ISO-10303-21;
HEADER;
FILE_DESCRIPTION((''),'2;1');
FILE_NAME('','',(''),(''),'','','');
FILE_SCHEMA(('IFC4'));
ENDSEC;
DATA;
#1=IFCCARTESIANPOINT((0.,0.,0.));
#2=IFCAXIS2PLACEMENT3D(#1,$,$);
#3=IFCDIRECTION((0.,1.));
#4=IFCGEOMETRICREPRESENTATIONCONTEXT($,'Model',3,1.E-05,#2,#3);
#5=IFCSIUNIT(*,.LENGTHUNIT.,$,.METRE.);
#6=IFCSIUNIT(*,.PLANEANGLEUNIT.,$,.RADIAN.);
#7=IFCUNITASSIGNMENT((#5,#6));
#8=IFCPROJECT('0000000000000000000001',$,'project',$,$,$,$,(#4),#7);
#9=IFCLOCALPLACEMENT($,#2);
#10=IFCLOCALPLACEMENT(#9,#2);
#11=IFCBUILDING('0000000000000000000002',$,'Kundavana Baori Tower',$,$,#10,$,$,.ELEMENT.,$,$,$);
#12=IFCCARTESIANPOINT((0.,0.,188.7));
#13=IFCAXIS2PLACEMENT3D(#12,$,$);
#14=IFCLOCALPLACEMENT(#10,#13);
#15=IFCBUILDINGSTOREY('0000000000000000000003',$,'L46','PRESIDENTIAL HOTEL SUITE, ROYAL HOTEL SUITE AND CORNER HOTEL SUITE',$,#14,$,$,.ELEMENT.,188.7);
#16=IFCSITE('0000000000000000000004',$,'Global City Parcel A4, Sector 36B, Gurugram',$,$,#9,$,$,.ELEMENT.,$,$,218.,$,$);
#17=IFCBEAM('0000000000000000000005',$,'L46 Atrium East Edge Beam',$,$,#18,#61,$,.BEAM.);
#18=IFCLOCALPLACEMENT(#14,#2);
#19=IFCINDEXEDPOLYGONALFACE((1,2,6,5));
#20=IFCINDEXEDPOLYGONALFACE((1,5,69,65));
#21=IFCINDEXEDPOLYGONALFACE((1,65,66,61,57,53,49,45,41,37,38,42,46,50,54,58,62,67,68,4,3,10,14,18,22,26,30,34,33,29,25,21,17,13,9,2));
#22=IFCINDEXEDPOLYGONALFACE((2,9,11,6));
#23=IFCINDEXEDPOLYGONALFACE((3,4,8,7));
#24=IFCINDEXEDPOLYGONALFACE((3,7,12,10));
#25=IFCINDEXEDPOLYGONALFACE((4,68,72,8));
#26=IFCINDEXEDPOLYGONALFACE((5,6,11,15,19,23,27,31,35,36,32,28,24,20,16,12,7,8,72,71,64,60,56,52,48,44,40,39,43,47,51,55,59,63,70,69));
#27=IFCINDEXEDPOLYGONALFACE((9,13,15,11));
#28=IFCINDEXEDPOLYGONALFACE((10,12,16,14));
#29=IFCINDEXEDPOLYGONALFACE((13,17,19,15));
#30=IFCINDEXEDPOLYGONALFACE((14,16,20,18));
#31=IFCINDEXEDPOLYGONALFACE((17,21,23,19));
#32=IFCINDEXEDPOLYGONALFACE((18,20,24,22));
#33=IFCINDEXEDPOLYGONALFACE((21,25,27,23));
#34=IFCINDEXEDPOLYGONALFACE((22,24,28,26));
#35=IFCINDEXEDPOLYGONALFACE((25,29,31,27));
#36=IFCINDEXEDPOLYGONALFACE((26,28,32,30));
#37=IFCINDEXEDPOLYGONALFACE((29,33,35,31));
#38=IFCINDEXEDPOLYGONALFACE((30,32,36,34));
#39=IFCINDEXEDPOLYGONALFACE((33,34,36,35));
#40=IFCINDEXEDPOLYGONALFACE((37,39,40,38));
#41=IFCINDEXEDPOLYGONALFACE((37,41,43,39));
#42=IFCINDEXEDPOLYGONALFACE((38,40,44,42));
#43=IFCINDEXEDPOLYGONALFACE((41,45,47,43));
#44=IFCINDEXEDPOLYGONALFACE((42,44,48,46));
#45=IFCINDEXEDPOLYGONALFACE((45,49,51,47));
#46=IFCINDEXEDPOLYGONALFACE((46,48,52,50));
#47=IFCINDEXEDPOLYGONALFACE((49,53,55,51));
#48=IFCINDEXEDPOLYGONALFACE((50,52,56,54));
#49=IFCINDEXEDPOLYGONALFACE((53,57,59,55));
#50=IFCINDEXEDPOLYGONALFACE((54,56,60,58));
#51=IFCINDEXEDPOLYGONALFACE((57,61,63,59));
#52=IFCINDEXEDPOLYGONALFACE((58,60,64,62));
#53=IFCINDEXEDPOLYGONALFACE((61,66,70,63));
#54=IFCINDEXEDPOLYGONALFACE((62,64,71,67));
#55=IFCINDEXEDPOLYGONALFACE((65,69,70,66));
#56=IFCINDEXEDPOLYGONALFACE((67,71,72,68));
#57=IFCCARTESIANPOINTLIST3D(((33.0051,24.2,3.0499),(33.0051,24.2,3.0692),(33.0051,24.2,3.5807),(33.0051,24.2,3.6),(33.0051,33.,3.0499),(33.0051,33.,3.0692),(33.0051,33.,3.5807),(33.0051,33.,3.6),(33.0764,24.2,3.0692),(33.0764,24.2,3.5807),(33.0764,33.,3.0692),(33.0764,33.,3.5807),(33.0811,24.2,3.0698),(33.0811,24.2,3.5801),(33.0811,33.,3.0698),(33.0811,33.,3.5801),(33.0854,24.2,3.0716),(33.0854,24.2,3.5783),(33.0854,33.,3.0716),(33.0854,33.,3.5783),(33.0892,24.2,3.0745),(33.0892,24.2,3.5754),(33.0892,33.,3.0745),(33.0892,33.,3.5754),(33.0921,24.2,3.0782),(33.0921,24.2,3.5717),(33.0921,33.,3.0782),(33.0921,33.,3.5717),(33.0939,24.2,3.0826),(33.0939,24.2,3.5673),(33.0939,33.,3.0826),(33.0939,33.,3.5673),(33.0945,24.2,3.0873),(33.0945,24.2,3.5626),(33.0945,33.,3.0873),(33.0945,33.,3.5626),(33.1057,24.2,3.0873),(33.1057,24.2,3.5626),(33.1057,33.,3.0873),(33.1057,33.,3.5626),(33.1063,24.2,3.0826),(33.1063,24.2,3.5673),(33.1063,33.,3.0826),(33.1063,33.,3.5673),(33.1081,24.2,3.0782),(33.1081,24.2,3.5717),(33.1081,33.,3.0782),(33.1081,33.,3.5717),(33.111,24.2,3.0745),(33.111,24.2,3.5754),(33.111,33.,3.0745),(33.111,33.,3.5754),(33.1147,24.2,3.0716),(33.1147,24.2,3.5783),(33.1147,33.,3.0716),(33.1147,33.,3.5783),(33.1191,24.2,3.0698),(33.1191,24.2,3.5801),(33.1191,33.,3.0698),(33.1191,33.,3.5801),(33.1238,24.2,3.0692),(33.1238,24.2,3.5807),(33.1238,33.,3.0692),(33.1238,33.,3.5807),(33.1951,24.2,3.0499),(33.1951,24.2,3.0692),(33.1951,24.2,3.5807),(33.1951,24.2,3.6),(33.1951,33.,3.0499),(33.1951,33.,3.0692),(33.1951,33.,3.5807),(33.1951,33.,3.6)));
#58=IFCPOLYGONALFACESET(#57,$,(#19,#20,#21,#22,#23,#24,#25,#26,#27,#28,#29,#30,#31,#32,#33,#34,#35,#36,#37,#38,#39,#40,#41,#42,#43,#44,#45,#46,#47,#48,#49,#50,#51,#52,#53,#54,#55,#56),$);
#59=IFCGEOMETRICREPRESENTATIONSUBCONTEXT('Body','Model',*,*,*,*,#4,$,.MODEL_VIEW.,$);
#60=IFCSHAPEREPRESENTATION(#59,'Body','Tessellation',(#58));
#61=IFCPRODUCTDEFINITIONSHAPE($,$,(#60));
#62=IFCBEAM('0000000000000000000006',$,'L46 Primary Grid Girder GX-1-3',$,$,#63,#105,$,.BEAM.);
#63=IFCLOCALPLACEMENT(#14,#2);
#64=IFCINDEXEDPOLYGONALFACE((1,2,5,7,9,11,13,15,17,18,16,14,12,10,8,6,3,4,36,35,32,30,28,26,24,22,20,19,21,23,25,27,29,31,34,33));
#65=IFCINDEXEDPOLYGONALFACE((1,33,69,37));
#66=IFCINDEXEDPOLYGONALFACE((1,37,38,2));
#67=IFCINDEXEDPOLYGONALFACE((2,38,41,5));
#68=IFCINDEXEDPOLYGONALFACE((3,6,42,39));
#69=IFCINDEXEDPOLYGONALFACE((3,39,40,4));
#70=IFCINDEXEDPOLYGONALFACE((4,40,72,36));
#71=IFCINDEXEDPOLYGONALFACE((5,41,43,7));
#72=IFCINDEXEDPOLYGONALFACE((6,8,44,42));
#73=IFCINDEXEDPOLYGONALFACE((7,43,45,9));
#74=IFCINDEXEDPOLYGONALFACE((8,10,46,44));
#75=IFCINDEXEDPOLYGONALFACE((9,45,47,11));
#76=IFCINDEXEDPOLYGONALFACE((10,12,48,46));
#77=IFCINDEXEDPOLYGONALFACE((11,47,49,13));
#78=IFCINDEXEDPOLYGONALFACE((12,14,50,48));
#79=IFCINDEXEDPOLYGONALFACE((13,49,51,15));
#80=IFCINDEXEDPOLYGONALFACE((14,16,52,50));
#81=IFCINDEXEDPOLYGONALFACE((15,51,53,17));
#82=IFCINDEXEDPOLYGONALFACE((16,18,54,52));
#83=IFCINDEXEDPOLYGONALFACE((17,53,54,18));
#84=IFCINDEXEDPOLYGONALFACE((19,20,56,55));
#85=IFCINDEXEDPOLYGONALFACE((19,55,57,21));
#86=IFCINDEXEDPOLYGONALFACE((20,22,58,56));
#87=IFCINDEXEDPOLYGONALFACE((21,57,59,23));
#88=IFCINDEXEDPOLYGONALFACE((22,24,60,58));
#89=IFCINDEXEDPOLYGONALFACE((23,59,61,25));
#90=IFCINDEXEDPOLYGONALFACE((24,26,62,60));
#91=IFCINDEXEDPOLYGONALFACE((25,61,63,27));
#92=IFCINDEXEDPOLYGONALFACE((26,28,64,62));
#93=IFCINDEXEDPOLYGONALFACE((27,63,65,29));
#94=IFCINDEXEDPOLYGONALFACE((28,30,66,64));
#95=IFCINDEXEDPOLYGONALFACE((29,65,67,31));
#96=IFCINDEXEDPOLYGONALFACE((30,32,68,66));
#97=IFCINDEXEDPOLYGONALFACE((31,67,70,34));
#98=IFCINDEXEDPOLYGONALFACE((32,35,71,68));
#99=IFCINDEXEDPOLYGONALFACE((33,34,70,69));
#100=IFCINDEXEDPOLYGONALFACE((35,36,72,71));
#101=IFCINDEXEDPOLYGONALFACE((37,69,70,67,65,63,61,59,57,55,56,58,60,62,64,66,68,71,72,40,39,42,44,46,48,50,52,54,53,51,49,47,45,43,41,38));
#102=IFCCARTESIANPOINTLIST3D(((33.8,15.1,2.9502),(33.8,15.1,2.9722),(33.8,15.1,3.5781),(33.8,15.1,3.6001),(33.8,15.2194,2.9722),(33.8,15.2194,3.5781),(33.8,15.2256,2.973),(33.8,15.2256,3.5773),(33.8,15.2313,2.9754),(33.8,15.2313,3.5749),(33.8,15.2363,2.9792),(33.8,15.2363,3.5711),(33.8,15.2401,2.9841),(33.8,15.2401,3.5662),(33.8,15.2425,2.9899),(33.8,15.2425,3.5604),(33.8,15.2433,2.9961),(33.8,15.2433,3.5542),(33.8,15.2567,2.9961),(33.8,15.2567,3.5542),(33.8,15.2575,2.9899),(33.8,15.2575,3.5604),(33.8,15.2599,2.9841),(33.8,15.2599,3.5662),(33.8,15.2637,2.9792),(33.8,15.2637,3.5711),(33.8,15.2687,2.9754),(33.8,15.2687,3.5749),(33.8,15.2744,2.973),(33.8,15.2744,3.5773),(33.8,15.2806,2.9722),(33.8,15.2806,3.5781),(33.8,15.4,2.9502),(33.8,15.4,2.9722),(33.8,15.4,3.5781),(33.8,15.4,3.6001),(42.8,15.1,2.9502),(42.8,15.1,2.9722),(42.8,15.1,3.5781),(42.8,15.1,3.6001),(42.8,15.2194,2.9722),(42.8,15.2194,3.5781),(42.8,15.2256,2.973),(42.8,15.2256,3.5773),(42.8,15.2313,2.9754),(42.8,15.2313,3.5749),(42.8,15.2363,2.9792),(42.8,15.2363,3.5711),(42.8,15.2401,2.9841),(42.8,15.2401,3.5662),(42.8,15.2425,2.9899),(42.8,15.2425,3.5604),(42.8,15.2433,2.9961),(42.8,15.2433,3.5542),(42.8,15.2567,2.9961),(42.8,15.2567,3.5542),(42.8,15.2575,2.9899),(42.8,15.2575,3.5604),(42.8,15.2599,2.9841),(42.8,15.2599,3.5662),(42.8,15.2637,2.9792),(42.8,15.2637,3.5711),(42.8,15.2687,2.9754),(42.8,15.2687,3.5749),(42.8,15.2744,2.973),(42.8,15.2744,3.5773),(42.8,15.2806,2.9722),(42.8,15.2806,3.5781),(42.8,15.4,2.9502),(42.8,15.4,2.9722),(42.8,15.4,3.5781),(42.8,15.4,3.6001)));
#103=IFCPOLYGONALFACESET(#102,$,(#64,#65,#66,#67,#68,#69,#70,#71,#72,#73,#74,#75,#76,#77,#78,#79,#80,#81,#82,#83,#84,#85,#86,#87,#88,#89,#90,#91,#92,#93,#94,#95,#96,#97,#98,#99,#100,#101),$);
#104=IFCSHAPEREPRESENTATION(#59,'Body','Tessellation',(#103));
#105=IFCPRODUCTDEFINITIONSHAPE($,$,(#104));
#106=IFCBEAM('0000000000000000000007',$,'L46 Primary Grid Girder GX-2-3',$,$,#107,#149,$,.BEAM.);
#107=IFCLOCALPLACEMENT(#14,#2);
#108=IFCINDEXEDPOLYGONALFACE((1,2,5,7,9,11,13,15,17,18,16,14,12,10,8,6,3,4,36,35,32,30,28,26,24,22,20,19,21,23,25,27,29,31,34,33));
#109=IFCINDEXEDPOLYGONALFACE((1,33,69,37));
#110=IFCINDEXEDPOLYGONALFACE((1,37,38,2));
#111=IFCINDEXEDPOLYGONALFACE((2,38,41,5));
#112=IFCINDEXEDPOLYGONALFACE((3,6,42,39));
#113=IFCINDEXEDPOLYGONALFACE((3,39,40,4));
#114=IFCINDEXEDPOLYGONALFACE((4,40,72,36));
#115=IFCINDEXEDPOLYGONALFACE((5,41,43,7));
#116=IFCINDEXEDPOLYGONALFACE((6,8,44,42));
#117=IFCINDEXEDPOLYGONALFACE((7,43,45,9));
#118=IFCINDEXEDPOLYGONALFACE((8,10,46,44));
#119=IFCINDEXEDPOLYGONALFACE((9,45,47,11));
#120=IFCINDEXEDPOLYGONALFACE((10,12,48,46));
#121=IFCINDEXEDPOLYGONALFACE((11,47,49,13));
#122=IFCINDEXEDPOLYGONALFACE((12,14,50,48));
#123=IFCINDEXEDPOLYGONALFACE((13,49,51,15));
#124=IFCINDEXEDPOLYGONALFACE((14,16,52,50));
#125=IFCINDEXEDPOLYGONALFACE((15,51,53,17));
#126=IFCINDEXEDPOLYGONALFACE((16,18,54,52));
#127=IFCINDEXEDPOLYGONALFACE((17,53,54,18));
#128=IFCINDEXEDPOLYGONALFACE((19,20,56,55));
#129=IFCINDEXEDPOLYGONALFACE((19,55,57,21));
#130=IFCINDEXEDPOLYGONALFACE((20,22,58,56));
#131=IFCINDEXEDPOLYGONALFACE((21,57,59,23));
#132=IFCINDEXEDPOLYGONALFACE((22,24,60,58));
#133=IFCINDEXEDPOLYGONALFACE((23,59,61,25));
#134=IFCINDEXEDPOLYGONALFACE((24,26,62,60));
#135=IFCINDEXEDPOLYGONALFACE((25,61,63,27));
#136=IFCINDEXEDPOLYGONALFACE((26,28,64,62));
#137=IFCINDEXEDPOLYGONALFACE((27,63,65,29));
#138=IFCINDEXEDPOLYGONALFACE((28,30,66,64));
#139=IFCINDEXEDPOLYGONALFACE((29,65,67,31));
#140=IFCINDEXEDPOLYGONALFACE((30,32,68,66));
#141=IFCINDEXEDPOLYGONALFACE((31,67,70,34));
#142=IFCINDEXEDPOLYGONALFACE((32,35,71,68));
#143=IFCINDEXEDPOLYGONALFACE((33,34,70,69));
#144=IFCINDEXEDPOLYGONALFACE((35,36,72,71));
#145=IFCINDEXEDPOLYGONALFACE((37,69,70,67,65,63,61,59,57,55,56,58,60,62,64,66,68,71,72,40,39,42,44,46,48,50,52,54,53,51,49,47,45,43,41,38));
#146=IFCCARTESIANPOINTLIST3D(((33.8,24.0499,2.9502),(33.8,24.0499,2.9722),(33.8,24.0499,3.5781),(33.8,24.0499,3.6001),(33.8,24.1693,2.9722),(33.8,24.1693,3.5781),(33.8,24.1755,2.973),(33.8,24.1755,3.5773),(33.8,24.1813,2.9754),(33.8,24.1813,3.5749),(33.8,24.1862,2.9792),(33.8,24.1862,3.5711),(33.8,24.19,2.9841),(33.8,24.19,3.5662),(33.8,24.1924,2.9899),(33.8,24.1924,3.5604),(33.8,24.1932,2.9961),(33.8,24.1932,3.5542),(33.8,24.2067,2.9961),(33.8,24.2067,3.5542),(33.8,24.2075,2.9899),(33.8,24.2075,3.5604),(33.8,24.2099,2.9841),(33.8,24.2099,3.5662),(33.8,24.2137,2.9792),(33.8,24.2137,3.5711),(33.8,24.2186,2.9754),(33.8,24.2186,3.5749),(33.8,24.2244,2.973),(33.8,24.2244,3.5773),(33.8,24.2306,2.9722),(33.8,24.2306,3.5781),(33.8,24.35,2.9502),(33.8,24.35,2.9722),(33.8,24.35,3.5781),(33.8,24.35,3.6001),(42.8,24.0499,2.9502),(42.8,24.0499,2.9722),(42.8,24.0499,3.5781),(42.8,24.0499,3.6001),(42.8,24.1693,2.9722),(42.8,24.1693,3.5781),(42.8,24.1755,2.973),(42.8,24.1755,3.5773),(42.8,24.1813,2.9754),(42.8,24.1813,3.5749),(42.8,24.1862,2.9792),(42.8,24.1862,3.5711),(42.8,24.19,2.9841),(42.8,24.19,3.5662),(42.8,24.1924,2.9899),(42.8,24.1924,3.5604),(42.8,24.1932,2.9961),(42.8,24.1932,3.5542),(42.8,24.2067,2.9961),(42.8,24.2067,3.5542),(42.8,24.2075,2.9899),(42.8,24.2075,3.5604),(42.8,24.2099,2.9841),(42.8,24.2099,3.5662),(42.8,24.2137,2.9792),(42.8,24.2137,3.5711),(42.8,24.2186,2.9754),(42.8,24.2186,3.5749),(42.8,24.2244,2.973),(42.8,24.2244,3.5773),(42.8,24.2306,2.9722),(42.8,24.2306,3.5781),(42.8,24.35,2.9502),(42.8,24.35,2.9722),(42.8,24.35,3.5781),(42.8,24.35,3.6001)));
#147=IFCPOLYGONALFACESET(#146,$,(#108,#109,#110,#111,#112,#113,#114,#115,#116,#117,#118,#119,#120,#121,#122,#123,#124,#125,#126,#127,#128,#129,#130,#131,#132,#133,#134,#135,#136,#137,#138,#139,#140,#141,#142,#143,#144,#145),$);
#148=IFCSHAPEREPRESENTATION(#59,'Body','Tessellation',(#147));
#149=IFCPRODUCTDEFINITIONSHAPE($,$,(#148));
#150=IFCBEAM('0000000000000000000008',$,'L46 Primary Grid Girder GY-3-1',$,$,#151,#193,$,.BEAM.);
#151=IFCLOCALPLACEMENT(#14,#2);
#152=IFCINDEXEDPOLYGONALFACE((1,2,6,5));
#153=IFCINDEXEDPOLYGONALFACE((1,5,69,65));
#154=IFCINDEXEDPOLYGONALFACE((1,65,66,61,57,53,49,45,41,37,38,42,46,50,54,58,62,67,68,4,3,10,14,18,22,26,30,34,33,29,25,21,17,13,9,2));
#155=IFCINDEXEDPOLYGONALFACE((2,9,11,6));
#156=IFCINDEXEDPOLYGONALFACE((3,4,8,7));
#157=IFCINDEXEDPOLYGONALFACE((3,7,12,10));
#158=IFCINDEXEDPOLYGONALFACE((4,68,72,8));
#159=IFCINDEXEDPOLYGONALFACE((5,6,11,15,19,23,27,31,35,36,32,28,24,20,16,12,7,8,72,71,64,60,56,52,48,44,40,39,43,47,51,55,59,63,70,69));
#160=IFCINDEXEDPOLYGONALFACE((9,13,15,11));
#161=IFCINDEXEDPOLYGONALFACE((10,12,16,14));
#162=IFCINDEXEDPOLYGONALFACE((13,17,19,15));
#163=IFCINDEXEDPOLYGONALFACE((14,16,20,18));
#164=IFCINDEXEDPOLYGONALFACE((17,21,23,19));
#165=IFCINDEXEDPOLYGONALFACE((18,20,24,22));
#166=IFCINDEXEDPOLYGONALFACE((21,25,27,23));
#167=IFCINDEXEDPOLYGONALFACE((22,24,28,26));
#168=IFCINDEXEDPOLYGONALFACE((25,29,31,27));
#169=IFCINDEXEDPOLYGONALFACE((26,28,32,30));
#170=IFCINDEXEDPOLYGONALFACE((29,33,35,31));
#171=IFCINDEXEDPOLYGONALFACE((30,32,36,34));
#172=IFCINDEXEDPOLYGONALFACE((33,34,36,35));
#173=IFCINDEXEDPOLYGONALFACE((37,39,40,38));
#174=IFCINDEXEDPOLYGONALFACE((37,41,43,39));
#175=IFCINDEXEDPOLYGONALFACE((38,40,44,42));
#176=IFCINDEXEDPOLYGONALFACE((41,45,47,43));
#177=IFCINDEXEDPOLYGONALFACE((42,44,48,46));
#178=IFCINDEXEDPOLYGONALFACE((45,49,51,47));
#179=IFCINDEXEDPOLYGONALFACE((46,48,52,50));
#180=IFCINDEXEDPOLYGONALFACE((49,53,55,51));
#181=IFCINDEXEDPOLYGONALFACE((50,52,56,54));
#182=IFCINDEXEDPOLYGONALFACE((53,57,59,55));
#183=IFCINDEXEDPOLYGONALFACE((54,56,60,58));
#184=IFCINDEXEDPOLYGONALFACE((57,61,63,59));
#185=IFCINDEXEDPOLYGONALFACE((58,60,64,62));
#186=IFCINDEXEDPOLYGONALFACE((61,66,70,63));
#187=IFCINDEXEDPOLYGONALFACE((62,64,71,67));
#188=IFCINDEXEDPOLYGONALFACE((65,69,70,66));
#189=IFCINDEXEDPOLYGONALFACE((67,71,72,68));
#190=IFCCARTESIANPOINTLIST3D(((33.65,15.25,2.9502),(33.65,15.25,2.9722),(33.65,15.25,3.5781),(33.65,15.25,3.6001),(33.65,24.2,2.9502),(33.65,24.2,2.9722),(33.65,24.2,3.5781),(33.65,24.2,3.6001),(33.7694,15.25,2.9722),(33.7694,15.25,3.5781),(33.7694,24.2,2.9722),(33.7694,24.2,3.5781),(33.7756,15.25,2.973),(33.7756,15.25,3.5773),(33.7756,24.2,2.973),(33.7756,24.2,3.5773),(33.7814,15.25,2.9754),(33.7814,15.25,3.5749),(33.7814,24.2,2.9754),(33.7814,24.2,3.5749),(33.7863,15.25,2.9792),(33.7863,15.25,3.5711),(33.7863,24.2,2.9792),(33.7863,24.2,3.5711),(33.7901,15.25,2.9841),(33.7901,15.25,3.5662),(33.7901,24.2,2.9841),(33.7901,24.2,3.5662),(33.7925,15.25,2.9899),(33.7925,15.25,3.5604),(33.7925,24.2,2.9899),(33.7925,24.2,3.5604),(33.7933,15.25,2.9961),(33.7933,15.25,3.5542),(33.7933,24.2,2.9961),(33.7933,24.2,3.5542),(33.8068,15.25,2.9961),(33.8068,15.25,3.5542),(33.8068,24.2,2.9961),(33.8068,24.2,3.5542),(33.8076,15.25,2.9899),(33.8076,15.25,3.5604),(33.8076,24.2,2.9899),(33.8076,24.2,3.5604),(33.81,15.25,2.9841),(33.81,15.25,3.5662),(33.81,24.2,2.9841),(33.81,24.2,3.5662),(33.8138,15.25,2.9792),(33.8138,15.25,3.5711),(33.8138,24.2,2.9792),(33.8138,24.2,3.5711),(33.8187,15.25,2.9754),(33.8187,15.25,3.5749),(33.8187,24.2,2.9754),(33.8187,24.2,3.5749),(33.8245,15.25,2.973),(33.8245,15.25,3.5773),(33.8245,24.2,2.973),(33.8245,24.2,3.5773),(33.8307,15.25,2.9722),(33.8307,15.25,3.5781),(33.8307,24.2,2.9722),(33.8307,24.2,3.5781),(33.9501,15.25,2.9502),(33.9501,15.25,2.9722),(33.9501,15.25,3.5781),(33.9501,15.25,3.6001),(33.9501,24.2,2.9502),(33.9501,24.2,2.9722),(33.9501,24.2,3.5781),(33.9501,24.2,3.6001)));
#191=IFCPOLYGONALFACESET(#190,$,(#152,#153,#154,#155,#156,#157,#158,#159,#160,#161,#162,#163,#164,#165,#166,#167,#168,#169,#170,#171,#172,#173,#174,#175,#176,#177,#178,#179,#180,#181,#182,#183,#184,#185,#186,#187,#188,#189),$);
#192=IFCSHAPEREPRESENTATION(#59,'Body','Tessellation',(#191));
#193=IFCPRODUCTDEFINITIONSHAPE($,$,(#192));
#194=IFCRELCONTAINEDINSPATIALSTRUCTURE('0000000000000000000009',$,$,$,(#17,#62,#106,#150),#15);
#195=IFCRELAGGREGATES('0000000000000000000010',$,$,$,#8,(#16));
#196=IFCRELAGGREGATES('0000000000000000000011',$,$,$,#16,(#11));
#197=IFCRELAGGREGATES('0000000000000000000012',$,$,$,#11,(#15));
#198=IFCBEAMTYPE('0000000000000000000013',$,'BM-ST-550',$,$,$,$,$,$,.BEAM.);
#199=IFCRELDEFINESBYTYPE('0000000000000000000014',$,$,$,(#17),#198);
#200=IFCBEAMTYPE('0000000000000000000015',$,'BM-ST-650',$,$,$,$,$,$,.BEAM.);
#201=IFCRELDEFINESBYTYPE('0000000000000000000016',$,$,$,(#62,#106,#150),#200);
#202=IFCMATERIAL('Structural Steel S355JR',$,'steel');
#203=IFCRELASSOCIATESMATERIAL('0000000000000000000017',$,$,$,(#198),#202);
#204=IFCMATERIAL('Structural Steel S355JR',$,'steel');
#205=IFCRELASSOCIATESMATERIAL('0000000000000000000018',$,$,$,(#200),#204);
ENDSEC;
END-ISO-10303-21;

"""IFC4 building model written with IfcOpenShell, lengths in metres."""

from ifc_helpers import new_model, si_unit, direction, frame, origin, origin_2d, place, context, subcontext, project, spatial, i_section, extrude, material, material_profile, profile_set, type_object, element, save


model = new_model("IFC4")

# Units and contexts
model_context = context("Model", 3, precision=1e-05, world=origin(), true_north=direction((0.0, 1.0)))
body_context = subcontext(model_context, "Body", "Model", "MODEL_VIEW")
ifc_project = project(units=[si_unit("LENGTHUNIT", "METRE"), si_unit("PLANEANGLEUNIT", "RADIAN")], contexts=[model_context])

# Site, building, storey
site_placement = place(None, origin())
site = spatial("IfcSite", under=ifc_project, at=site_placement, Name="Global City Parcel A4, Sector 36B, Gurugram", CompositionType="ELEMENT", RefElevation=218.0)
building_placement = place(site_placement, origin())
building = spatial("IfcBuilding", under=site, at=building_placement, Name="Kundavana Baori Tower", CompositionType="ELEMENT")
storey_placement = place(building_placement, frame((0.0, 0.0, 188.7)))
storey = spatial("IfcBuildingStorey", under=building, at=storey_placement, Name="L46", Description="PRESIDENTIAL HOTEL SUITE, ROYAL HOTEL SUITE AND CORNER HOTEL SUITE", CompositionType="ELEMENT", Elevation=188.7)

# Beams
ifc_material_1 = material(Name="Structural Steel S355JR", Category="steel")
ifc_material_profile_1 = material_profile(ifc_material_1, i_section(OverallWidth=0.1899, OverallDepth=0.55, WebThickness=0.0112, FlangeThickness=0.0193, FilletRadius=0.0181, at=origin_2d()), Name="ISMB 550")
ifc_profile_set_1 = profile_set([ifc_material_profile_1], Name="Structural Steel S355JR")
beam_type_1 = type_object("IfcBeamType", Name="BM-ST-550", PredefinedType="BEAM", material=ifc_profile_set_1)
for number, where, z_axis, x_axis, name in (
    (1, (33.1001, 24.2, 3.325), (0.0, 1.0, 0.0), (-1.0, 0.0, 0.0), "L46 Atrium East Edge Beam"),
):
    element("IfcBeam", number, at=place(storey_placement, frame(where, z_axis=z_axis, x_axis=x_axis)), inside=storey, type_object=beam_type_1, Name=name, PredefinedType="BEAM", context=body_context, shape_type="SweptSolid", body=[
        extrude(i_section(OverallWidth=0.1899, OverallDepth=0.55, WebThickness=0.0112, FlangeThickness=0.0193, FilletRadius=0.0181, at=origin_2d()), origin(), (0.0, 0.0, 1.0), 8.8),
    ])
ifc_material_2 = material(Name="Structural Steel S355JR", Category="steel")
ifc_material_profile_2 = material_profile(ifc_material_2, i_section(OverallWidth=0.3, OverallDepth=0.6499, WebThickness=0.0134, FlangeThickness=0.022, FilletRadius=0.0239, at=origin_2d()), Name="NPB 650x300x155")
ifc_profile_set_2 = profile_set([ifc_material_profile_2], Name="Structural Steel S355JR")
beam_type_2 = type_object("IfcBeamType", Name="BM-ST-650", PredefinedType="BEAM", material=ifc_profile_set_2)
for number, where, z_axis, x_axis, name in (
    (2, (33.8, 15.25, 3.2751), (1.0, 0.0, 0.0), (0.0, 1.0, 0.0), "L46 Primary Grid Girder GX-1-3"),
    (3, (33.8, 24.2, 3.2751), (1.0, 0.0, 0.0), (0.0, 1.0, 0.0), "L46 Primary Grid Girder GX-2-3"),
):
    element("IfcBeam", number, at=place(storey_placement, frame(where, z_axis=z_axis, x_axis=x_axis)), inside=storey, type_object=beam_type_2, Name=name, PredefinedType="BEAM", context=body_context, shape_type="SweptSolid", body=[
        extrude(i_section(OverallWidth=0.3, OverallDepth=0.6499, WebThickness=0.0134, FlangeThickness=0.022, FilletRadius=0.0239, at=origin_2d()), origin(), (0.0, 0.0, 1.0), 9.0),
    ])
beam_1_placement = place(storey_placement, frame((33.8, 15.25, 3.2751), z_axis=(0.0, 1.0, 0.0), x_axis=(-1.0, 0.0, 0.0)))
element("IfcBeam", 4, at=beam_1_placement, inside=storey, type_object=beam_type_2, Name="L46 Primary Grid Girder GY-3-1", PredefinedType="BEAM", context=body_context, shape_type="SweptSolid", body=[
    extrude(i_section(OverallWidth=0.3, OverallDepth=0.6499, WebThickness=0.0134, FlangeThickness=0.022, FilletRadius=0.0239, at=origin_2d()), origin(), (0.0, 0.0, 1.0), 8.95),
])

save(model, "model.ifc")
